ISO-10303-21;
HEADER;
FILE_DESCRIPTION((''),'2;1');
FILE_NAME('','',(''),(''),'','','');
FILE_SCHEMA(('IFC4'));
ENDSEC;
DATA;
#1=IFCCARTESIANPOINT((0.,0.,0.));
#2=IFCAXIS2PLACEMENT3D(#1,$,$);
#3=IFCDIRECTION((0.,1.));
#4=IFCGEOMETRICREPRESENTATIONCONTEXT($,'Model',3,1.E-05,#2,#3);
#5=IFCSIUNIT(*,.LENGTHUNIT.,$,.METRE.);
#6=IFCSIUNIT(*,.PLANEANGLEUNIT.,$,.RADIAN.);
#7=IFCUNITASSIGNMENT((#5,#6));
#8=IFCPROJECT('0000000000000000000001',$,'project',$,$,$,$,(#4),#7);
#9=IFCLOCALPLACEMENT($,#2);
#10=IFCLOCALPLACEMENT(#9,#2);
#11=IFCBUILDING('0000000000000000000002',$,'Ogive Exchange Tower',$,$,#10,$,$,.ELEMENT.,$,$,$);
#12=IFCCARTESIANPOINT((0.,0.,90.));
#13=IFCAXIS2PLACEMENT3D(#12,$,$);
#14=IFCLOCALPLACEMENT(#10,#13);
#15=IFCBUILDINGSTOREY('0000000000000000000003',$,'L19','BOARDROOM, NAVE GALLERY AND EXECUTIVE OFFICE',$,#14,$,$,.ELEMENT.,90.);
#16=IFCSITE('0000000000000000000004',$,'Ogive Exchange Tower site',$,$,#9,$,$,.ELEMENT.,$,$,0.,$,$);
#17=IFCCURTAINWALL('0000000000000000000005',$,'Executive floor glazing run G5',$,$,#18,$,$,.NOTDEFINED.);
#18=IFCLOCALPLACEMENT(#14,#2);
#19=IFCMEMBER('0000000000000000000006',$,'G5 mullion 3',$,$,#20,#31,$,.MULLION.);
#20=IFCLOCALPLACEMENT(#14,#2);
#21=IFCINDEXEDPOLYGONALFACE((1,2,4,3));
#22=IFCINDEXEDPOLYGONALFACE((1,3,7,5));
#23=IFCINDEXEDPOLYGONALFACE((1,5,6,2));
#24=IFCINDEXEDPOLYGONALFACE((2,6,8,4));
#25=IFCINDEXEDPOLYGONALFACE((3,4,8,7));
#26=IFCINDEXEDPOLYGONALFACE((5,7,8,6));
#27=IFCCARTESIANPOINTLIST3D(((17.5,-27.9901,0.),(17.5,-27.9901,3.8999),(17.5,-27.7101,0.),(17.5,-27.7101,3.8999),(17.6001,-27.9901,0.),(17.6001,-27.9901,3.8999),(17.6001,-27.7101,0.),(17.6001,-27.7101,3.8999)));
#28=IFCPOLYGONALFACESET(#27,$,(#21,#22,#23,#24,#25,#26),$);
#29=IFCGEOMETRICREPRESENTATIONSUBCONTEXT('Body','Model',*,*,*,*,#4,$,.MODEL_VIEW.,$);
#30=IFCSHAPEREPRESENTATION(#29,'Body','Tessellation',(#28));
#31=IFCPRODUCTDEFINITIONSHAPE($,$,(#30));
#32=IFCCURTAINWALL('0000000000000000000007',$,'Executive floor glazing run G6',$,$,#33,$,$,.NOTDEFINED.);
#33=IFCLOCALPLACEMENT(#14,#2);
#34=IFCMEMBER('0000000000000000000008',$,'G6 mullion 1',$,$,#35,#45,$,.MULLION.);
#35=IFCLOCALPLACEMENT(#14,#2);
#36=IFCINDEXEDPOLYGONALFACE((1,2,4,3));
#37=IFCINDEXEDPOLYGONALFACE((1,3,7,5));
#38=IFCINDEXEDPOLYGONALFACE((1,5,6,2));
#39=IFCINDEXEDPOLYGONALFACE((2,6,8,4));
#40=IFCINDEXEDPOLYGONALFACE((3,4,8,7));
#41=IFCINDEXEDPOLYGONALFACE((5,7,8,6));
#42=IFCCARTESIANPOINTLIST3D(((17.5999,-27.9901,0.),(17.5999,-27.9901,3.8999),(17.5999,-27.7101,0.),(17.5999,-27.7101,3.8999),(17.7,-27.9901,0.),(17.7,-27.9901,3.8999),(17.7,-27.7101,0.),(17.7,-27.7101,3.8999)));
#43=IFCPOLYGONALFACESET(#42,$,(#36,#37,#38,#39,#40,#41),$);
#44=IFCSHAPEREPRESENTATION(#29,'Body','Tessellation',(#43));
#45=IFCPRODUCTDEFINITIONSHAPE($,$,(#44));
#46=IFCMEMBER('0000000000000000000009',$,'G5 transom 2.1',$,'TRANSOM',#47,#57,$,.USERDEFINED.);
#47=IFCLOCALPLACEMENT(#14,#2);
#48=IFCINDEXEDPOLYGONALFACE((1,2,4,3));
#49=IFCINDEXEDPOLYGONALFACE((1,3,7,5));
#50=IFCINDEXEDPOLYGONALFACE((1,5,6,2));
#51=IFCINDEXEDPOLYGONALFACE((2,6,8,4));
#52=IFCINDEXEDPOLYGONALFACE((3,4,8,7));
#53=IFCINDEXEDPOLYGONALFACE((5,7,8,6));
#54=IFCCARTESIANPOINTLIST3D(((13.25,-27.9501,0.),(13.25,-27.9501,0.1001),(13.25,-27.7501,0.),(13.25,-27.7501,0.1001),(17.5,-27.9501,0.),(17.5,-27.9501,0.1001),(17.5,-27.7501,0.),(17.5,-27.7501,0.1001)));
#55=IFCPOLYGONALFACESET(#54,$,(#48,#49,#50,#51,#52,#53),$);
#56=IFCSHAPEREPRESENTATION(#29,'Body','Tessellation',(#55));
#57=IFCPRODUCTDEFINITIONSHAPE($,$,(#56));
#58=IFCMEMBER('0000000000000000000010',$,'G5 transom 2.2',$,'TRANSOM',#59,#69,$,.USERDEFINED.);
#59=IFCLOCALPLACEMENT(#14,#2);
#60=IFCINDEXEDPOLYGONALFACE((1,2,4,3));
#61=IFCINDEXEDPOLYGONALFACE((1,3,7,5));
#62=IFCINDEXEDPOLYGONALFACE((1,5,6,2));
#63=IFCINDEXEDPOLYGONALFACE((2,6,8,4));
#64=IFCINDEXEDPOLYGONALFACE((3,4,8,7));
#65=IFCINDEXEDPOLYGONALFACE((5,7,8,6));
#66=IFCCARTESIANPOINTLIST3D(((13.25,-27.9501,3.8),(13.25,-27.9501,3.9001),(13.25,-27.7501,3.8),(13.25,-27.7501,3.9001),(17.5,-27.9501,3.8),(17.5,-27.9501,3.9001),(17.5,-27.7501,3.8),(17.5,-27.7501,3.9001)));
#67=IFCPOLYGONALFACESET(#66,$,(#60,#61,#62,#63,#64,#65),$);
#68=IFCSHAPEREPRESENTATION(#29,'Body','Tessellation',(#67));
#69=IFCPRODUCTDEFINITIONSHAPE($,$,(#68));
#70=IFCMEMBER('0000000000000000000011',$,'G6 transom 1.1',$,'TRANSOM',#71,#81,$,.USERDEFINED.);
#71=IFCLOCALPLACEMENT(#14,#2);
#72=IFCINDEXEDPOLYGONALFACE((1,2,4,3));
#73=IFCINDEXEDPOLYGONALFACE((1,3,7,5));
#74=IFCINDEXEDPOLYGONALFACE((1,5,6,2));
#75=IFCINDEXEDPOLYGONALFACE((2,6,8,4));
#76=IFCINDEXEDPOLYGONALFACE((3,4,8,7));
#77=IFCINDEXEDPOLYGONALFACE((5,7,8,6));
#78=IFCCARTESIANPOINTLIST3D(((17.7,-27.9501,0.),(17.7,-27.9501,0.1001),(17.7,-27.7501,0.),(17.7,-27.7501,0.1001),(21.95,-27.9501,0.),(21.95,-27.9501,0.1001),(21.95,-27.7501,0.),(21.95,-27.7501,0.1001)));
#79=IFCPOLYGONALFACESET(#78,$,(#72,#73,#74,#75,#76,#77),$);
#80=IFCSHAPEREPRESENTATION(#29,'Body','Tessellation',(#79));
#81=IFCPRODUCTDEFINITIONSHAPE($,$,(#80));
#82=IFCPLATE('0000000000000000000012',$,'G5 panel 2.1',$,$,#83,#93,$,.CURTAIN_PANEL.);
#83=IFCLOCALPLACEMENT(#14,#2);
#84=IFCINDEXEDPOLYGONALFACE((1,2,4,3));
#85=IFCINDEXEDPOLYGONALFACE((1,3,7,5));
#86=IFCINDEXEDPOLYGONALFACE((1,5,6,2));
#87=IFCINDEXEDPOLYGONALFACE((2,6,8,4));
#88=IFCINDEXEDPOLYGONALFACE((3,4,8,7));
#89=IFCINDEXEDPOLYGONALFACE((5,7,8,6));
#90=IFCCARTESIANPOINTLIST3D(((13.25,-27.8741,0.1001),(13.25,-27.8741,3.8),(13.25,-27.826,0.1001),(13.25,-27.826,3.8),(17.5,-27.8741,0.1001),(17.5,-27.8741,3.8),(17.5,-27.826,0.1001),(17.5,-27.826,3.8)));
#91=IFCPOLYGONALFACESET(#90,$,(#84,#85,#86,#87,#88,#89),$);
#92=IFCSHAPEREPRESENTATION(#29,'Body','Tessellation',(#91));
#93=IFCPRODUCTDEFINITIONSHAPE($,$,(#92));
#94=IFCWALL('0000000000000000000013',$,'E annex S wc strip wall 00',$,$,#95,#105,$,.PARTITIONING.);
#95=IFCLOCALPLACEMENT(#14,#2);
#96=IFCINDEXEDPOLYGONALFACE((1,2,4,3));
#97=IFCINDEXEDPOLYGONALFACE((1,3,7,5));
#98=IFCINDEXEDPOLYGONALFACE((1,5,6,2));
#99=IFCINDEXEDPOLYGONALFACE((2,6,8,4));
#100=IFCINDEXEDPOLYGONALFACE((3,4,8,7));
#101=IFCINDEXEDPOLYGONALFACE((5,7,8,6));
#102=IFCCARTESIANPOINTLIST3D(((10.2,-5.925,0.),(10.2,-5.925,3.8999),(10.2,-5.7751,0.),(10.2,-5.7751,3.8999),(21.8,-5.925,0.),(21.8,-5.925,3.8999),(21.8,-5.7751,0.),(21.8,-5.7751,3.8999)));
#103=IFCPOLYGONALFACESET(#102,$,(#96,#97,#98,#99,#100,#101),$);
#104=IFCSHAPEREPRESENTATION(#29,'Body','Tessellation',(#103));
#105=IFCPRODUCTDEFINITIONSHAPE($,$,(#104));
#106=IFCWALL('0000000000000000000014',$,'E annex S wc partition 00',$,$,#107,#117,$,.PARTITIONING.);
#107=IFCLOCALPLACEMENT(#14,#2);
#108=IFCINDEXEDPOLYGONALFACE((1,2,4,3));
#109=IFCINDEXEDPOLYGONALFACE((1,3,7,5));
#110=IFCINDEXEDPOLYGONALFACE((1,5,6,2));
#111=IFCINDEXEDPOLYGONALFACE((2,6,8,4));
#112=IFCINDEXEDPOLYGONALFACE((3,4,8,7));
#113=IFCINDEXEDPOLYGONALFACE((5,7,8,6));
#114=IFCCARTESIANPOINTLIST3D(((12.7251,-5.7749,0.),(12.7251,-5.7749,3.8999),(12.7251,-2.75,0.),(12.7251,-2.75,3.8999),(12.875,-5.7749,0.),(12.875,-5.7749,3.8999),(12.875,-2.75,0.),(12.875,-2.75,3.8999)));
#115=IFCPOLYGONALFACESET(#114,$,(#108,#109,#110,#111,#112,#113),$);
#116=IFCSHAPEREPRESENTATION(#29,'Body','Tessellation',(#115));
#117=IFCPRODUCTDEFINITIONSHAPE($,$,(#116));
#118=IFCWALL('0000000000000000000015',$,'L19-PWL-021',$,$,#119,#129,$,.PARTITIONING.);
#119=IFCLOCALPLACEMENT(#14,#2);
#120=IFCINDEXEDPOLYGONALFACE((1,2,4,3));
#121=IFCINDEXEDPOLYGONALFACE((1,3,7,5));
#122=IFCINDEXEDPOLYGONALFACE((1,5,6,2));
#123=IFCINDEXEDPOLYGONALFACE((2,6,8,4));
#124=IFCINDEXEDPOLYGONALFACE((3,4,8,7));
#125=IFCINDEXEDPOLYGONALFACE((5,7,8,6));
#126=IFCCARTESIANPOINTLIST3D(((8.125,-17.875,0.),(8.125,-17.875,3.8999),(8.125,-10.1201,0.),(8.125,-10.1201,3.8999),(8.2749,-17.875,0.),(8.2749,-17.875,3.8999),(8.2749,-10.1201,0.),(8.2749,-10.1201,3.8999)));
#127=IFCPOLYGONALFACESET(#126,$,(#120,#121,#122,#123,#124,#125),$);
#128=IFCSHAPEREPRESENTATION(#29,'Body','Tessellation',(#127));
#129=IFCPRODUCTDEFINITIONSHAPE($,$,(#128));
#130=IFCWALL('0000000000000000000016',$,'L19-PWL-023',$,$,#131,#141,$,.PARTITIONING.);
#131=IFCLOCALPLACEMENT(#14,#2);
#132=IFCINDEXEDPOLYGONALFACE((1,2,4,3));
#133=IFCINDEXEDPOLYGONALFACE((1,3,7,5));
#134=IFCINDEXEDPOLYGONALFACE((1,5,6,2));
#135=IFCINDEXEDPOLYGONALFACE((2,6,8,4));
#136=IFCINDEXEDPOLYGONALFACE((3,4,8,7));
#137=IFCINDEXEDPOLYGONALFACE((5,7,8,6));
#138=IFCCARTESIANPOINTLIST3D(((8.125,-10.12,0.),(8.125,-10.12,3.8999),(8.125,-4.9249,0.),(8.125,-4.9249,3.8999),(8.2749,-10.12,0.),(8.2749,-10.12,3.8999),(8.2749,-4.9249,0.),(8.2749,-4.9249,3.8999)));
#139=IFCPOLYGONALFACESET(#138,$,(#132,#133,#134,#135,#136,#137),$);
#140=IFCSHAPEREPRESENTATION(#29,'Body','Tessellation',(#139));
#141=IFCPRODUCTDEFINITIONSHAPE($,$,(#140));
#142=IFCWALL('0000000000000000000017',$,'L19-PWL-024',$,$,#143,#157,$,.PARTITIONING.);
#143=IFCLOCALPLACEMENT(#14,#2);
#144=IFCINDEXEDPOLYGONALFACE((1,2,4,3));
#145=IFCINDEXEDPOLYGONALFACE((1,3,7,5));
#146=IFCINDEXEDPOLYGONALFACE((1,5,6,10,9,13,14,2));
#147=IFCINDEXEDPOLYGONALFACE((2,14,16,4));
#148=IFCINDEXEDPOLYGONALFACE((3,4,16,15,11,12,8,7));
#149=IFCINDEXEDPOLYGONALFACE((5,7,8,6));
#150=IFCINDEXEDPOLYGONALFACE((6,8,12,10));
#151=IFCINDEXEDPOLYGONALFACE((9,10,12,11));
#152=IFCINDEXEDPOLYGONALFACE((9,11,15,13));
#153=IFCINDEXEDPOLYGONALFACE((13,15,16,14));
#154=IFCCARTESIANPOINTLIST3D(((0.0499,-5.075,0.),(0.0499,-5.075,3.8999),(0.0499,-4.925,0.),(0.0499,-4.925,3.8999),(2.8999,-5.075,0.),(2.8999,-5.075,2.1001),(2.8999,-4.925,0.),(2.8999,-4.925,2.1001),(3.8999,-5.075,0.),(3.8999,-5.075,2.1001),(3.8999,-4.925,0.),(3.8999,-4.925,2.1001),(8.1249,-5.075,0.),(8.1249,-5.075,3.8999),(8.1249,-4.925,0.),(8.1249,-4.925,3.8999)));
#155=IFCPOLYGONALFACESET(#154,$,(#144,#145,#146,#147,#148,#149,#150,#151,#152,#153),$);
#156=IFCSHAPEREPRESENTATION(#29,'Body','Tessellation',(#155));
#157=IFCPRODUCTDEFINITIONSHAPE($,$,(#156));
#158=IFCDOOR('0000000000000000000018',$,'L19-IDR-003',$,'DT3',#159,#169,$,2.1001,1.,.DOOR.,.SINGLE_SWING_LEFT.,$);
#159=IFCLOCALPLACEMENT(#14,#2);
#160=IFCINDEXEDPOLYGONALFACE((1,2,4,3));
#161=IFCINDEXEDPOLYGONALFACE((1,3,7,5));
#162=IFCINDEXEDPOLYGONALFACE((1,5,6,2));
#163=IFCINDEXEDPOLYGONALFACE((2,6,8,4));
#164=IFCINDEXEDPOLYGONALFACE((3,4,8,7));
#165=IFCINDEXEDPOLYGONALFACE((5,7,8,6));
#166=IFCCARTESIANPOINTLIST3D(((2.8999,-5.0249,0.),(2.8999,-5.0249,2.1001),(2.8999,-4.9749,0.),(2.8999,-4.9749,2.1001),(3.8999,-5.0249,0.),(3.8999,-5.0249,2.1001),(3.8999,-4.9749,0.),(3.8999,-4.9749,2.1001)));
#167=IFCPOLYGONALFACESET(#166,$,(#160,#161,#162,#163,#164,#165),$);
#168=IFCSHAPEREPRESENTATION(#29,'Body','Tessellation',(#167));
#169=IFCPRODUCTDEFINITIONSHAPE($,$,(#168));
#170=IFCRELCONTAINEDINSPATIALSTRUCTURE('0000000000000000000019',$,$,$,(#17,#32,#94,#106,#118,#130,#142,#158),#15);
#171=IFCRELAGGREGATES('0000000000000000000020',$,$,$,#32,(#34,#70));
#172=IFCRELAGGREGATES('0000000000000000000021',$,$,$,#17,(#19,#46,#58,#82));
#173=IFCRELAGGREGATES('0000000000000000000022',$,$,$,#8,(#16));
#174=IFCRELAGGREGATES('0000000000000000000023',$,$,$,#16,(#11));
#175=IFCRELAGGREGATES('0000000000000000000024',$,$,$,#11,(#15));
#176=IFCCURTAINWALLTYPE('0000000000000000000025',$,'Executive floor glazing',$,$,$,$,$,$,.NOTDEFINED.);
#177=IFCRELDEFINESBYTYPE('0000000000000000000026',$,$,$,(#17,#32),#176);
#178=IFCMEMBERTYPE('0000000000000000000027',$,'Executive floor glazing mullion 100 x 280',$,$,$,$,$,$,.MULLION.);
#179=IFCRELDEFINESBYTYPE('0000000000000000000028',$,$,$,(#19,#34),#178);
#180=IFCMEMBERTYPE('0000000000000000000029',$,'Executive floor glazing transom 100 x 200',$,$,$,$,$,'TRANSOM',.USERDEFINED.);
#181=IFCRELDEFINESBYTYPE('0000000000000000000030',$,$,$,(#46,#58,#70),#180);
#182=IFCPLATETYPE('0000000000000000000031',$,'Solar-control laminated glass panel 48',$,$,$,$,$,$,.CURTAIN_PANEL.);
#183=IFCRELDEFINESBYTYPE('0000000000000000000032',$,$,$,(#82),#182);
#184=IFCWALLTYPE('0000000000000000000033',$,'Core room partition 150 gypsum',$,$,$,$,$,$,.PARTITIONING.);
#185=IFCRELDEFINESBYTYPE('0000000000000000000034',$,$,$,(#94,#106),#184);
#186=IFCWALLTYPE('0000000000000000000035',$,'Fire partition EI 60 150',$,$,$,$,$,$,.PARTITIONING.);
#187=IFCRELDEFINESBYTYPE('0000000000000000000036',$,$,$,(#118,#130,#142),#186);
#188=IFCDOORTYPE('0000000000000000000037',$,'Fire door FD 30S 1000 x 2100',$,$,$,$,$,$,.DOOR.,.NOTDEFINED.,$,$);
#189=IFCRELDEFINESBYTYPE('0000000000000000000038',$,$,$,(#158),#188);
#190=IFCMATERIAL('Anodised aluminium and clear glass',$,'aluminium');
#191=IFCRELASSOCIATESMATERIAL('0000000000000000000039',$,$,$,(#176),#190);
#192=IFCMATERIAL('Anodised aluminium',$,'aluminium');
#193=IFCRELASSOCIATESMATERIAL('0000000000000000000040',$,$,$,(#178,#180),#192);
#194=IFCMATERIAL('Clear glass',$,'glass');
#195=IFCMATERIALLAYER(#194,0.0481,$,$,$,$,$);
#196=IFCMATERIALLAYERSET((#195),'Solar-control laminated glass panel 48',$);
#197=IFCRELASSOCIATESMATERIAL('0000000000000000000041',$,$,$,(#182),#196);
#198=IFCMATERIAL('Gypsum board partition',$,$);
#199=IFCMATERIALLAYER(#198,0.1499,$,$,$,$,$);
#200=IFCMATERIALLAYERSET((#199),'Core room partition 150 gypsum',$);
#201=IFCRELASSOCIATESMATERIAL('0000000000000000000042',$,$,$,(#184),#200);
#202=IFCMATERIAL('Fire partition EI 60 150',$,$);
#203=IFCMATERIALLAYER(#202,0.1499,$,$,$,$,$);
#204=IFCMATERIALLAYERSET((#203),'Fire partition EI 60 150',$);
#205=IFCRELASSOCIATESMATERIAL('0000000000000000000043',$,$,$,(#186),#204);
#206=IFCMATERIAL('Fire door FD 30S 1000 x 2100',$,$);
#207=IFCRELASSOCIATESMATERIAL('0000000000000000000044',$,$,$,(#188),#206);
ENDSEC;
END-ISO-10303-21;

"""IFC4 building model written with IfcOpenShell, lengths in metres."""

from ifc_helpers import new_model, si_unit, direction, frame, frame_2d, origin, origin_2d, place, context, subcontext, project, spatial, rectangle, extrude, material, layer, layer_set, material_profile, profile_set, type_object, element, fill, aggregate, save


model = new_model("IFC4")

# Units and contexts
model_context = context("Model", 3, precision=1e-05, world=origin(), true_north=direction((0.0, 1.0)))
body_context = subcontext(model_context, "Body", "Model", "MODEL_VIEW")
ifc_project = project(units=[si_unit("LENGTHUNIT", "METRE"), si_unit("PLANEANGLEUNIT", "RADIAN")], contexts=[model_context])

# Site, building, storey
site_placement = place(None, origin())
site = spatial("IfcSite", under=ifc_project, at=site_placement, Name="Ogive Exchange Tower site", CompositionType="ELEMENT", RefElevation=0.0)
building_placement = place(site_placement, origin())
building = spatial("IfcBuilding", under=site, at=building_placement, Name="Ogive Exchange Tower", CompositionType="ELEMENT")
storey_placement = place(building_placement, frame((0.0, 0.0, 90.0)))
storey = spatial("IfcBuildingStorey", under=building, at=storey_placement, Name="L19", Description="BOARDROOM, NAVE GALLERY AND EXECUTIVE OFFICE", CompositionType="ELEMENT", Elevation=90.0)

# Curtain walls, members
ifc_material_1 = material(Name="Anodised aluminium and clear glass", Category="aluminium")
curtain_wall_type = type_object("IfcCurtainWallType", Name="Executive floor glazing", PredefinedType="NOTDEFINED", material=ifc_material_1)
curtain_wall_1_placement = place(storey_placement, origin())
curtain_wall_1 = element("IfcCurtainWall", 1, at=curtain_wall_1_placement, inside=storey, type_object=curtain_wall_type, Name="Executive floor glazing run G5", PredefinedType="NOTDEFINED")
ifc_material_2 = material(Name="Anodised aluminium", Category="aluminium")
ifc_material_profile_1 = material_profile(ifc_material_2, rectangle(XDim=0.28, YDim=0.1001, at=origin_2d()), Name="AL 100x280")
ifc_profile_set_1 = profile_set([ifc_material_profile_1], Name="Anodised aluminium")
member_type_1 = type_object("IfcMemberType", Name="Executive floor glazing mullion 100 x 280", PredefinedType="MULLION", material=ifc_profile_set_1)
member_1_placement = place(storey_placement, frame((17.55, -27.8501, 0.0), z_axis=(0.0, 0.0, 1.0), x_axis=(0.0, 1.0, 0.0)))
member_1 = element("IfcMember", 2, at=member_1_placement, type_object=member_type_1, Name="G5 mullion 3", PredefinedType="MULLION", context=body_context, shape_type="SweptSolid", body=[
    extrude(rectangle(XDim=0.28, YDim=0.1001, at=origin_2d()), origin(), (0.0, 0.0, 1.0), 3.8999),
])
curtain_wall_2_placement = place(storey_placement, origin())
curtain_wall_2 = element("IfcCurtainWall", 3, at=curtain_wall_2_placement, inside=storey, type_object=curtain_wall_type, Name="Executive floor glazing run G6", PredefinedType="NOTDEFINED")
member_2_placement = place(storey_placement, frame((17.6499, -27.8501, 0.0), z_axis=(0.0, 0.0, 1.0), x_axis=(0.0, 1.0, 0.0)))
member_2 = element("IfcMember", 4, at=member_2_placement, type_object=member_type_1, Name="G6 mullion 1", PredefinedType="MULLION", context=body_context, shape_type="SweptSolid", body=[
    extrude(rectangle(XDim=0.28, YDim=0.1001, at=origin_2d()), origin(), (0.0, 0.0, 1.0), 3.8999),
])

# Members
ifc_material_profile_2 = material_profile(ifc_material_2, rectangle(XDim=0.2, YDim=0.1001, at=origin_2d()), Name="AL 100x200")
ifc_profile_set_2 = profile_set([ifc_material_profile_2], Name="Anodised aluminium")
member_type_2 = type_object("IfcMemberType", Name="Executive floor glazing transom 100 x 200", ElementType="TRANSOM", PredefinedType="USERDEFINED", material=ifc_profile_set_2)
member_3_placement = place(storey_placement, frame((13.25, -27.8501, 0.05), z_axis=(1.0, 0.0, 0.0), x_axis=(0.0, 1.0, 0.0)))
member_3 = element("IfcMember", 5, at=member_3_placement, type_object=member_type_2, Name="G5 transom 2.1", ObjectType="TRANSOM", PredefinedType="USERDEFINED", context=body_context, shape_type="SweptSolid", body=[
    extrude(rectangle(XDim=0.2, YDim=0.1001, at=origin_2d()), origin(), (0.0, 0.0, 1.0), 4.25),
])
member_4_placement = place(storey_placement, frame((13.25, -27.8501, 3.8501), z_axis=(1.0, 0.0, 0.0), x_axis=(0.0, 1.0, 0.0)))
member_4 = element("IfcMember", 6, at=member_4_placement, type_object=member_type_2, Name="G5 transom 2.2", ObjectType="TRANSOM", PredefinedType="USERDEFINED", context=body_context, shape_type="SweptSolid", body=[
    extrude(rectangle(XDim=0.2, YDim=0.1001, at=origin_2d()), origin(), (0.0, 0.0, 1.0), 4.25),
])
member_5_placement = place(storey_placement, frame((17.7, -27.8501, 0.05), z_axis=(1.0, 0.0, 0.0), x_axis=(0.0, 1.0, 0.0)))
member_5 = element("IfcMember", 7, at=member_5_placement, type_object=member_type_2, Name="G6 transom 1.1", ObjectType="TRANSOM", PredefinedType="USERDEFINED", context=body_context, shape_type="SweptSolid", body=[
    extrude(rectangle(XDim=0.2, YDim=0.1001, at=origin_2d()), origin(), (0.0, 0.0, 1.0), 4.25),
])
aggregate(curtain_wall_2, [member_2, member_5])

# Plate
ifc_material_3 = material(Name="Clear glass", Category="glass")
ifc_layer_1 = layer(ifc_material_3, 0.0481)
ifc_layer_set_1 = layer_set([ifc_layer_1], Name="Solar-control laminated glass panel 48")
plate_type = type_object("IfcPlateType", Name="Solar-control laminated glass panel 48", PredefinedType="CURTAIN_PANEL", material=ifc_layer_set_1)
plate_placement = place(storey_placement, frame((15.375, -27.8501, 0.1001), z_axis=(0.0, 0.0, 1.0), x_axis=(1.0, 0.0, 0.0)))
plate = element("IfcPlate", 8, at=plate_placement, type_object=plate_type, Name="G5 panel 2.1", PredefinedType="CURTAIN_PANEL", context=body_context, shape_type="SweptSolid", body=[
    extrude(rectangle(XDim=4.25, YDim=0.0481, at=origin_2d()), origin(), (0.0, 0.0, 1.0), 3.7),
])
aggregate(curtain_wall_1, [member_1, member_3, member_4, plate])

# Walls
ifc_material_4 = material(Name="Gypsum board partition")
ifc_layer_2 = layer(ifc_material_4, 0.1499)
ifc_layer_set_2 = layer_set([ifc_layer_2], Name="Core room partition 150 gypsum")
wall_type_1 = type_object("IfcWallType", Name="Core room partition 150 gypsum", PredefinedType="PARTITIONING", material=ifc_layer_set_2)
wall_1_placement = place(storey_placement, frame((10.2, -5.8501, 0.0), z_axis=(0.0, 0.0, 1.0), x_axis=(1.0, 0.0, 0.0)))
element("IfcWall", 9, at=wall_1_placement, inside=storey, type_object=wall_type_1, Name="E annex S wc strip wall 00", PredefinedType="PARTITIONING", context=body_context, shape_type="SweptSolid", body=[
    extrude(rectangle(XDim=11.6001, YDim=0.1499, at=frame_2d((5.8, 0.0))), origin(), (0.0, 0.0, 1.0), 3.8999),
])
wall_2_placement = place(storey_placement, frame((12.8, -5.7749, 0.0), z_axis=(0.0, 0.0, 1.0), x_axis=(0.0, 1.0, 0.0)))
element("IfcWall", 10, at=wall_2_placement, inside=storey, type_object=wall_type_1, Name="E annex S wc partition 00", PredefinedType="PARTITIONING", context=body_context, shape_type="SweptSolid", body=[
    extrude(rectangle(XDim=3.0249, YDim=0.1499, at=frame_2d((1.5125, 0.0))), origin(), (0.0, 0.0, 1.0), 3.8999),
])
ifc_material_5 = material(Name="Fire partition EI 60 150")
ifc_layer_3 = layer(ifc_material_5, 0.1499)
ifc_layer_set_3 = layer_set([ifc_layer_3], Name="Fire partition EI 60 150")
wall_type_2 = type_object("IfcWallType", Name="Fire partition EI 60 150", PredefinedType="PARTITIONING", material=ifc_layer_set_3)
wall_3_placement = place(storey_placement, frame((8.2, -17.875, 0.0), z_axis=(0.0, 0.0, 1.0), x_axis=(0.0, 1.0, 0.0)))
element("IfcWall", 11, at=wall_3_placement, inside=storey, type_object=wall_type_2, Name="L19-PWL-021", PredefinedType="PARTITIONING", context=body_context, shape_type="SweptSolid", body=[
    extrude(rectangle(XDim=7.7549, YDim=0.1499, at=frame_2d((3.8774, 0.0))), origin(), (0.0, 0.0, 1.0), 3.8999),
])
wall_4_placement = place(storey_placement, frame((8.2, -10.1201, 0.0), z_axis=(0.0, 0.0, 1.0), x_axis=(0.0, 1.0, 0.0)))
element("IfcWall", 12, at=wall_4_placement, inside=storey, type_object=wall_type_2, Name="L19-PWL-023", PredefinedType="PARTITIONING", context=body_context, shape_type="SweptSolid", body=[
    extrude(rectangle(XDim=5.1951, YDim=0.1499, at=frame_2d((2.5977, 0.0))), origin(), (0.0, 0.0, 1.0), 3.8999),
])

# Wall, opening, door
wall_5_placement = place(storey_placement, frame((8.125, -5.0, 0.0), z_axis=(0.0, 0.0, 1.0), x_axis=(-1.0, 0.0, 0.0)))
wall_5 = element("IfcWall", 13, at=wall_5_placement, inside=storey, type_object=wall_type_2, Name="L19-PWL-024", PredefinedType="PARTITIONING", context=body_context, shape_type="SweptSolid", body=[
    extrude(rectangle(XDim=8.075, YDim=0.1499, at=frame_2d((4.0376, 0.0))), origin(), (0.0, 0.0, 1.0), 3.8999),
])
opening_1_placement = place(wall_5_placement, frame((4.2251, 0.0, 0.0)))
opening_1 = element("IfcOpeningElement", 14, at=opening_1_placement, cuts=wall_5, PredefinedType="OPENING", context=body_context, shape_type="SweptSolid", body=[
    extrude(rectangle(XDim=1.0, YDim=2.1001, at=frame_2d((0.5, 1.05))), frame((0.0, 0.085, 0.0), z_axis=(0.0, -1.0, 0.0), x_axis=(1.0, 0.0, 0.0)), (0.0, 0.0, 1.0), 0.1699),
])
ifc_material_6 = material(Name="Fire door FD 30S 1000 x 2100")
door_type_1 = type_object("IfcDoorType", Name="Fire door FD 30S 1000 x 2100", OperationType="NOTDEFINED", PredefinedType="DOOR", material=ifc_material_6)
door_1_placement = place(opening_1_placement, origin())
door_1 = element("IfcDoor", 15, at=door_1_placement, inside=storey, type_object=door_type_1, Name="L19-IDR-003", ObjectType="DT3", OperationType="SINGLE_SWING_LEFT", OverallHeight=2.1001, OverallWidth=1.0, PredefinedType="DOOR", context=body_context, shape_type="SweptSolid", body=[
    extrude(rectangle(XDim=1.0, YDim=2.1001, at=frame_2d((0.5, 1.05))), frame((0.0, 0.0249, 0.0), z_axis=(0.0, -1.0, 0.0), x_axis=(1.0, 0.0, 0.0)), (0.0, 0.0, 1.0), 0.05),
])
fill(opening_1, door_1)

save(model, "model.ifc")
